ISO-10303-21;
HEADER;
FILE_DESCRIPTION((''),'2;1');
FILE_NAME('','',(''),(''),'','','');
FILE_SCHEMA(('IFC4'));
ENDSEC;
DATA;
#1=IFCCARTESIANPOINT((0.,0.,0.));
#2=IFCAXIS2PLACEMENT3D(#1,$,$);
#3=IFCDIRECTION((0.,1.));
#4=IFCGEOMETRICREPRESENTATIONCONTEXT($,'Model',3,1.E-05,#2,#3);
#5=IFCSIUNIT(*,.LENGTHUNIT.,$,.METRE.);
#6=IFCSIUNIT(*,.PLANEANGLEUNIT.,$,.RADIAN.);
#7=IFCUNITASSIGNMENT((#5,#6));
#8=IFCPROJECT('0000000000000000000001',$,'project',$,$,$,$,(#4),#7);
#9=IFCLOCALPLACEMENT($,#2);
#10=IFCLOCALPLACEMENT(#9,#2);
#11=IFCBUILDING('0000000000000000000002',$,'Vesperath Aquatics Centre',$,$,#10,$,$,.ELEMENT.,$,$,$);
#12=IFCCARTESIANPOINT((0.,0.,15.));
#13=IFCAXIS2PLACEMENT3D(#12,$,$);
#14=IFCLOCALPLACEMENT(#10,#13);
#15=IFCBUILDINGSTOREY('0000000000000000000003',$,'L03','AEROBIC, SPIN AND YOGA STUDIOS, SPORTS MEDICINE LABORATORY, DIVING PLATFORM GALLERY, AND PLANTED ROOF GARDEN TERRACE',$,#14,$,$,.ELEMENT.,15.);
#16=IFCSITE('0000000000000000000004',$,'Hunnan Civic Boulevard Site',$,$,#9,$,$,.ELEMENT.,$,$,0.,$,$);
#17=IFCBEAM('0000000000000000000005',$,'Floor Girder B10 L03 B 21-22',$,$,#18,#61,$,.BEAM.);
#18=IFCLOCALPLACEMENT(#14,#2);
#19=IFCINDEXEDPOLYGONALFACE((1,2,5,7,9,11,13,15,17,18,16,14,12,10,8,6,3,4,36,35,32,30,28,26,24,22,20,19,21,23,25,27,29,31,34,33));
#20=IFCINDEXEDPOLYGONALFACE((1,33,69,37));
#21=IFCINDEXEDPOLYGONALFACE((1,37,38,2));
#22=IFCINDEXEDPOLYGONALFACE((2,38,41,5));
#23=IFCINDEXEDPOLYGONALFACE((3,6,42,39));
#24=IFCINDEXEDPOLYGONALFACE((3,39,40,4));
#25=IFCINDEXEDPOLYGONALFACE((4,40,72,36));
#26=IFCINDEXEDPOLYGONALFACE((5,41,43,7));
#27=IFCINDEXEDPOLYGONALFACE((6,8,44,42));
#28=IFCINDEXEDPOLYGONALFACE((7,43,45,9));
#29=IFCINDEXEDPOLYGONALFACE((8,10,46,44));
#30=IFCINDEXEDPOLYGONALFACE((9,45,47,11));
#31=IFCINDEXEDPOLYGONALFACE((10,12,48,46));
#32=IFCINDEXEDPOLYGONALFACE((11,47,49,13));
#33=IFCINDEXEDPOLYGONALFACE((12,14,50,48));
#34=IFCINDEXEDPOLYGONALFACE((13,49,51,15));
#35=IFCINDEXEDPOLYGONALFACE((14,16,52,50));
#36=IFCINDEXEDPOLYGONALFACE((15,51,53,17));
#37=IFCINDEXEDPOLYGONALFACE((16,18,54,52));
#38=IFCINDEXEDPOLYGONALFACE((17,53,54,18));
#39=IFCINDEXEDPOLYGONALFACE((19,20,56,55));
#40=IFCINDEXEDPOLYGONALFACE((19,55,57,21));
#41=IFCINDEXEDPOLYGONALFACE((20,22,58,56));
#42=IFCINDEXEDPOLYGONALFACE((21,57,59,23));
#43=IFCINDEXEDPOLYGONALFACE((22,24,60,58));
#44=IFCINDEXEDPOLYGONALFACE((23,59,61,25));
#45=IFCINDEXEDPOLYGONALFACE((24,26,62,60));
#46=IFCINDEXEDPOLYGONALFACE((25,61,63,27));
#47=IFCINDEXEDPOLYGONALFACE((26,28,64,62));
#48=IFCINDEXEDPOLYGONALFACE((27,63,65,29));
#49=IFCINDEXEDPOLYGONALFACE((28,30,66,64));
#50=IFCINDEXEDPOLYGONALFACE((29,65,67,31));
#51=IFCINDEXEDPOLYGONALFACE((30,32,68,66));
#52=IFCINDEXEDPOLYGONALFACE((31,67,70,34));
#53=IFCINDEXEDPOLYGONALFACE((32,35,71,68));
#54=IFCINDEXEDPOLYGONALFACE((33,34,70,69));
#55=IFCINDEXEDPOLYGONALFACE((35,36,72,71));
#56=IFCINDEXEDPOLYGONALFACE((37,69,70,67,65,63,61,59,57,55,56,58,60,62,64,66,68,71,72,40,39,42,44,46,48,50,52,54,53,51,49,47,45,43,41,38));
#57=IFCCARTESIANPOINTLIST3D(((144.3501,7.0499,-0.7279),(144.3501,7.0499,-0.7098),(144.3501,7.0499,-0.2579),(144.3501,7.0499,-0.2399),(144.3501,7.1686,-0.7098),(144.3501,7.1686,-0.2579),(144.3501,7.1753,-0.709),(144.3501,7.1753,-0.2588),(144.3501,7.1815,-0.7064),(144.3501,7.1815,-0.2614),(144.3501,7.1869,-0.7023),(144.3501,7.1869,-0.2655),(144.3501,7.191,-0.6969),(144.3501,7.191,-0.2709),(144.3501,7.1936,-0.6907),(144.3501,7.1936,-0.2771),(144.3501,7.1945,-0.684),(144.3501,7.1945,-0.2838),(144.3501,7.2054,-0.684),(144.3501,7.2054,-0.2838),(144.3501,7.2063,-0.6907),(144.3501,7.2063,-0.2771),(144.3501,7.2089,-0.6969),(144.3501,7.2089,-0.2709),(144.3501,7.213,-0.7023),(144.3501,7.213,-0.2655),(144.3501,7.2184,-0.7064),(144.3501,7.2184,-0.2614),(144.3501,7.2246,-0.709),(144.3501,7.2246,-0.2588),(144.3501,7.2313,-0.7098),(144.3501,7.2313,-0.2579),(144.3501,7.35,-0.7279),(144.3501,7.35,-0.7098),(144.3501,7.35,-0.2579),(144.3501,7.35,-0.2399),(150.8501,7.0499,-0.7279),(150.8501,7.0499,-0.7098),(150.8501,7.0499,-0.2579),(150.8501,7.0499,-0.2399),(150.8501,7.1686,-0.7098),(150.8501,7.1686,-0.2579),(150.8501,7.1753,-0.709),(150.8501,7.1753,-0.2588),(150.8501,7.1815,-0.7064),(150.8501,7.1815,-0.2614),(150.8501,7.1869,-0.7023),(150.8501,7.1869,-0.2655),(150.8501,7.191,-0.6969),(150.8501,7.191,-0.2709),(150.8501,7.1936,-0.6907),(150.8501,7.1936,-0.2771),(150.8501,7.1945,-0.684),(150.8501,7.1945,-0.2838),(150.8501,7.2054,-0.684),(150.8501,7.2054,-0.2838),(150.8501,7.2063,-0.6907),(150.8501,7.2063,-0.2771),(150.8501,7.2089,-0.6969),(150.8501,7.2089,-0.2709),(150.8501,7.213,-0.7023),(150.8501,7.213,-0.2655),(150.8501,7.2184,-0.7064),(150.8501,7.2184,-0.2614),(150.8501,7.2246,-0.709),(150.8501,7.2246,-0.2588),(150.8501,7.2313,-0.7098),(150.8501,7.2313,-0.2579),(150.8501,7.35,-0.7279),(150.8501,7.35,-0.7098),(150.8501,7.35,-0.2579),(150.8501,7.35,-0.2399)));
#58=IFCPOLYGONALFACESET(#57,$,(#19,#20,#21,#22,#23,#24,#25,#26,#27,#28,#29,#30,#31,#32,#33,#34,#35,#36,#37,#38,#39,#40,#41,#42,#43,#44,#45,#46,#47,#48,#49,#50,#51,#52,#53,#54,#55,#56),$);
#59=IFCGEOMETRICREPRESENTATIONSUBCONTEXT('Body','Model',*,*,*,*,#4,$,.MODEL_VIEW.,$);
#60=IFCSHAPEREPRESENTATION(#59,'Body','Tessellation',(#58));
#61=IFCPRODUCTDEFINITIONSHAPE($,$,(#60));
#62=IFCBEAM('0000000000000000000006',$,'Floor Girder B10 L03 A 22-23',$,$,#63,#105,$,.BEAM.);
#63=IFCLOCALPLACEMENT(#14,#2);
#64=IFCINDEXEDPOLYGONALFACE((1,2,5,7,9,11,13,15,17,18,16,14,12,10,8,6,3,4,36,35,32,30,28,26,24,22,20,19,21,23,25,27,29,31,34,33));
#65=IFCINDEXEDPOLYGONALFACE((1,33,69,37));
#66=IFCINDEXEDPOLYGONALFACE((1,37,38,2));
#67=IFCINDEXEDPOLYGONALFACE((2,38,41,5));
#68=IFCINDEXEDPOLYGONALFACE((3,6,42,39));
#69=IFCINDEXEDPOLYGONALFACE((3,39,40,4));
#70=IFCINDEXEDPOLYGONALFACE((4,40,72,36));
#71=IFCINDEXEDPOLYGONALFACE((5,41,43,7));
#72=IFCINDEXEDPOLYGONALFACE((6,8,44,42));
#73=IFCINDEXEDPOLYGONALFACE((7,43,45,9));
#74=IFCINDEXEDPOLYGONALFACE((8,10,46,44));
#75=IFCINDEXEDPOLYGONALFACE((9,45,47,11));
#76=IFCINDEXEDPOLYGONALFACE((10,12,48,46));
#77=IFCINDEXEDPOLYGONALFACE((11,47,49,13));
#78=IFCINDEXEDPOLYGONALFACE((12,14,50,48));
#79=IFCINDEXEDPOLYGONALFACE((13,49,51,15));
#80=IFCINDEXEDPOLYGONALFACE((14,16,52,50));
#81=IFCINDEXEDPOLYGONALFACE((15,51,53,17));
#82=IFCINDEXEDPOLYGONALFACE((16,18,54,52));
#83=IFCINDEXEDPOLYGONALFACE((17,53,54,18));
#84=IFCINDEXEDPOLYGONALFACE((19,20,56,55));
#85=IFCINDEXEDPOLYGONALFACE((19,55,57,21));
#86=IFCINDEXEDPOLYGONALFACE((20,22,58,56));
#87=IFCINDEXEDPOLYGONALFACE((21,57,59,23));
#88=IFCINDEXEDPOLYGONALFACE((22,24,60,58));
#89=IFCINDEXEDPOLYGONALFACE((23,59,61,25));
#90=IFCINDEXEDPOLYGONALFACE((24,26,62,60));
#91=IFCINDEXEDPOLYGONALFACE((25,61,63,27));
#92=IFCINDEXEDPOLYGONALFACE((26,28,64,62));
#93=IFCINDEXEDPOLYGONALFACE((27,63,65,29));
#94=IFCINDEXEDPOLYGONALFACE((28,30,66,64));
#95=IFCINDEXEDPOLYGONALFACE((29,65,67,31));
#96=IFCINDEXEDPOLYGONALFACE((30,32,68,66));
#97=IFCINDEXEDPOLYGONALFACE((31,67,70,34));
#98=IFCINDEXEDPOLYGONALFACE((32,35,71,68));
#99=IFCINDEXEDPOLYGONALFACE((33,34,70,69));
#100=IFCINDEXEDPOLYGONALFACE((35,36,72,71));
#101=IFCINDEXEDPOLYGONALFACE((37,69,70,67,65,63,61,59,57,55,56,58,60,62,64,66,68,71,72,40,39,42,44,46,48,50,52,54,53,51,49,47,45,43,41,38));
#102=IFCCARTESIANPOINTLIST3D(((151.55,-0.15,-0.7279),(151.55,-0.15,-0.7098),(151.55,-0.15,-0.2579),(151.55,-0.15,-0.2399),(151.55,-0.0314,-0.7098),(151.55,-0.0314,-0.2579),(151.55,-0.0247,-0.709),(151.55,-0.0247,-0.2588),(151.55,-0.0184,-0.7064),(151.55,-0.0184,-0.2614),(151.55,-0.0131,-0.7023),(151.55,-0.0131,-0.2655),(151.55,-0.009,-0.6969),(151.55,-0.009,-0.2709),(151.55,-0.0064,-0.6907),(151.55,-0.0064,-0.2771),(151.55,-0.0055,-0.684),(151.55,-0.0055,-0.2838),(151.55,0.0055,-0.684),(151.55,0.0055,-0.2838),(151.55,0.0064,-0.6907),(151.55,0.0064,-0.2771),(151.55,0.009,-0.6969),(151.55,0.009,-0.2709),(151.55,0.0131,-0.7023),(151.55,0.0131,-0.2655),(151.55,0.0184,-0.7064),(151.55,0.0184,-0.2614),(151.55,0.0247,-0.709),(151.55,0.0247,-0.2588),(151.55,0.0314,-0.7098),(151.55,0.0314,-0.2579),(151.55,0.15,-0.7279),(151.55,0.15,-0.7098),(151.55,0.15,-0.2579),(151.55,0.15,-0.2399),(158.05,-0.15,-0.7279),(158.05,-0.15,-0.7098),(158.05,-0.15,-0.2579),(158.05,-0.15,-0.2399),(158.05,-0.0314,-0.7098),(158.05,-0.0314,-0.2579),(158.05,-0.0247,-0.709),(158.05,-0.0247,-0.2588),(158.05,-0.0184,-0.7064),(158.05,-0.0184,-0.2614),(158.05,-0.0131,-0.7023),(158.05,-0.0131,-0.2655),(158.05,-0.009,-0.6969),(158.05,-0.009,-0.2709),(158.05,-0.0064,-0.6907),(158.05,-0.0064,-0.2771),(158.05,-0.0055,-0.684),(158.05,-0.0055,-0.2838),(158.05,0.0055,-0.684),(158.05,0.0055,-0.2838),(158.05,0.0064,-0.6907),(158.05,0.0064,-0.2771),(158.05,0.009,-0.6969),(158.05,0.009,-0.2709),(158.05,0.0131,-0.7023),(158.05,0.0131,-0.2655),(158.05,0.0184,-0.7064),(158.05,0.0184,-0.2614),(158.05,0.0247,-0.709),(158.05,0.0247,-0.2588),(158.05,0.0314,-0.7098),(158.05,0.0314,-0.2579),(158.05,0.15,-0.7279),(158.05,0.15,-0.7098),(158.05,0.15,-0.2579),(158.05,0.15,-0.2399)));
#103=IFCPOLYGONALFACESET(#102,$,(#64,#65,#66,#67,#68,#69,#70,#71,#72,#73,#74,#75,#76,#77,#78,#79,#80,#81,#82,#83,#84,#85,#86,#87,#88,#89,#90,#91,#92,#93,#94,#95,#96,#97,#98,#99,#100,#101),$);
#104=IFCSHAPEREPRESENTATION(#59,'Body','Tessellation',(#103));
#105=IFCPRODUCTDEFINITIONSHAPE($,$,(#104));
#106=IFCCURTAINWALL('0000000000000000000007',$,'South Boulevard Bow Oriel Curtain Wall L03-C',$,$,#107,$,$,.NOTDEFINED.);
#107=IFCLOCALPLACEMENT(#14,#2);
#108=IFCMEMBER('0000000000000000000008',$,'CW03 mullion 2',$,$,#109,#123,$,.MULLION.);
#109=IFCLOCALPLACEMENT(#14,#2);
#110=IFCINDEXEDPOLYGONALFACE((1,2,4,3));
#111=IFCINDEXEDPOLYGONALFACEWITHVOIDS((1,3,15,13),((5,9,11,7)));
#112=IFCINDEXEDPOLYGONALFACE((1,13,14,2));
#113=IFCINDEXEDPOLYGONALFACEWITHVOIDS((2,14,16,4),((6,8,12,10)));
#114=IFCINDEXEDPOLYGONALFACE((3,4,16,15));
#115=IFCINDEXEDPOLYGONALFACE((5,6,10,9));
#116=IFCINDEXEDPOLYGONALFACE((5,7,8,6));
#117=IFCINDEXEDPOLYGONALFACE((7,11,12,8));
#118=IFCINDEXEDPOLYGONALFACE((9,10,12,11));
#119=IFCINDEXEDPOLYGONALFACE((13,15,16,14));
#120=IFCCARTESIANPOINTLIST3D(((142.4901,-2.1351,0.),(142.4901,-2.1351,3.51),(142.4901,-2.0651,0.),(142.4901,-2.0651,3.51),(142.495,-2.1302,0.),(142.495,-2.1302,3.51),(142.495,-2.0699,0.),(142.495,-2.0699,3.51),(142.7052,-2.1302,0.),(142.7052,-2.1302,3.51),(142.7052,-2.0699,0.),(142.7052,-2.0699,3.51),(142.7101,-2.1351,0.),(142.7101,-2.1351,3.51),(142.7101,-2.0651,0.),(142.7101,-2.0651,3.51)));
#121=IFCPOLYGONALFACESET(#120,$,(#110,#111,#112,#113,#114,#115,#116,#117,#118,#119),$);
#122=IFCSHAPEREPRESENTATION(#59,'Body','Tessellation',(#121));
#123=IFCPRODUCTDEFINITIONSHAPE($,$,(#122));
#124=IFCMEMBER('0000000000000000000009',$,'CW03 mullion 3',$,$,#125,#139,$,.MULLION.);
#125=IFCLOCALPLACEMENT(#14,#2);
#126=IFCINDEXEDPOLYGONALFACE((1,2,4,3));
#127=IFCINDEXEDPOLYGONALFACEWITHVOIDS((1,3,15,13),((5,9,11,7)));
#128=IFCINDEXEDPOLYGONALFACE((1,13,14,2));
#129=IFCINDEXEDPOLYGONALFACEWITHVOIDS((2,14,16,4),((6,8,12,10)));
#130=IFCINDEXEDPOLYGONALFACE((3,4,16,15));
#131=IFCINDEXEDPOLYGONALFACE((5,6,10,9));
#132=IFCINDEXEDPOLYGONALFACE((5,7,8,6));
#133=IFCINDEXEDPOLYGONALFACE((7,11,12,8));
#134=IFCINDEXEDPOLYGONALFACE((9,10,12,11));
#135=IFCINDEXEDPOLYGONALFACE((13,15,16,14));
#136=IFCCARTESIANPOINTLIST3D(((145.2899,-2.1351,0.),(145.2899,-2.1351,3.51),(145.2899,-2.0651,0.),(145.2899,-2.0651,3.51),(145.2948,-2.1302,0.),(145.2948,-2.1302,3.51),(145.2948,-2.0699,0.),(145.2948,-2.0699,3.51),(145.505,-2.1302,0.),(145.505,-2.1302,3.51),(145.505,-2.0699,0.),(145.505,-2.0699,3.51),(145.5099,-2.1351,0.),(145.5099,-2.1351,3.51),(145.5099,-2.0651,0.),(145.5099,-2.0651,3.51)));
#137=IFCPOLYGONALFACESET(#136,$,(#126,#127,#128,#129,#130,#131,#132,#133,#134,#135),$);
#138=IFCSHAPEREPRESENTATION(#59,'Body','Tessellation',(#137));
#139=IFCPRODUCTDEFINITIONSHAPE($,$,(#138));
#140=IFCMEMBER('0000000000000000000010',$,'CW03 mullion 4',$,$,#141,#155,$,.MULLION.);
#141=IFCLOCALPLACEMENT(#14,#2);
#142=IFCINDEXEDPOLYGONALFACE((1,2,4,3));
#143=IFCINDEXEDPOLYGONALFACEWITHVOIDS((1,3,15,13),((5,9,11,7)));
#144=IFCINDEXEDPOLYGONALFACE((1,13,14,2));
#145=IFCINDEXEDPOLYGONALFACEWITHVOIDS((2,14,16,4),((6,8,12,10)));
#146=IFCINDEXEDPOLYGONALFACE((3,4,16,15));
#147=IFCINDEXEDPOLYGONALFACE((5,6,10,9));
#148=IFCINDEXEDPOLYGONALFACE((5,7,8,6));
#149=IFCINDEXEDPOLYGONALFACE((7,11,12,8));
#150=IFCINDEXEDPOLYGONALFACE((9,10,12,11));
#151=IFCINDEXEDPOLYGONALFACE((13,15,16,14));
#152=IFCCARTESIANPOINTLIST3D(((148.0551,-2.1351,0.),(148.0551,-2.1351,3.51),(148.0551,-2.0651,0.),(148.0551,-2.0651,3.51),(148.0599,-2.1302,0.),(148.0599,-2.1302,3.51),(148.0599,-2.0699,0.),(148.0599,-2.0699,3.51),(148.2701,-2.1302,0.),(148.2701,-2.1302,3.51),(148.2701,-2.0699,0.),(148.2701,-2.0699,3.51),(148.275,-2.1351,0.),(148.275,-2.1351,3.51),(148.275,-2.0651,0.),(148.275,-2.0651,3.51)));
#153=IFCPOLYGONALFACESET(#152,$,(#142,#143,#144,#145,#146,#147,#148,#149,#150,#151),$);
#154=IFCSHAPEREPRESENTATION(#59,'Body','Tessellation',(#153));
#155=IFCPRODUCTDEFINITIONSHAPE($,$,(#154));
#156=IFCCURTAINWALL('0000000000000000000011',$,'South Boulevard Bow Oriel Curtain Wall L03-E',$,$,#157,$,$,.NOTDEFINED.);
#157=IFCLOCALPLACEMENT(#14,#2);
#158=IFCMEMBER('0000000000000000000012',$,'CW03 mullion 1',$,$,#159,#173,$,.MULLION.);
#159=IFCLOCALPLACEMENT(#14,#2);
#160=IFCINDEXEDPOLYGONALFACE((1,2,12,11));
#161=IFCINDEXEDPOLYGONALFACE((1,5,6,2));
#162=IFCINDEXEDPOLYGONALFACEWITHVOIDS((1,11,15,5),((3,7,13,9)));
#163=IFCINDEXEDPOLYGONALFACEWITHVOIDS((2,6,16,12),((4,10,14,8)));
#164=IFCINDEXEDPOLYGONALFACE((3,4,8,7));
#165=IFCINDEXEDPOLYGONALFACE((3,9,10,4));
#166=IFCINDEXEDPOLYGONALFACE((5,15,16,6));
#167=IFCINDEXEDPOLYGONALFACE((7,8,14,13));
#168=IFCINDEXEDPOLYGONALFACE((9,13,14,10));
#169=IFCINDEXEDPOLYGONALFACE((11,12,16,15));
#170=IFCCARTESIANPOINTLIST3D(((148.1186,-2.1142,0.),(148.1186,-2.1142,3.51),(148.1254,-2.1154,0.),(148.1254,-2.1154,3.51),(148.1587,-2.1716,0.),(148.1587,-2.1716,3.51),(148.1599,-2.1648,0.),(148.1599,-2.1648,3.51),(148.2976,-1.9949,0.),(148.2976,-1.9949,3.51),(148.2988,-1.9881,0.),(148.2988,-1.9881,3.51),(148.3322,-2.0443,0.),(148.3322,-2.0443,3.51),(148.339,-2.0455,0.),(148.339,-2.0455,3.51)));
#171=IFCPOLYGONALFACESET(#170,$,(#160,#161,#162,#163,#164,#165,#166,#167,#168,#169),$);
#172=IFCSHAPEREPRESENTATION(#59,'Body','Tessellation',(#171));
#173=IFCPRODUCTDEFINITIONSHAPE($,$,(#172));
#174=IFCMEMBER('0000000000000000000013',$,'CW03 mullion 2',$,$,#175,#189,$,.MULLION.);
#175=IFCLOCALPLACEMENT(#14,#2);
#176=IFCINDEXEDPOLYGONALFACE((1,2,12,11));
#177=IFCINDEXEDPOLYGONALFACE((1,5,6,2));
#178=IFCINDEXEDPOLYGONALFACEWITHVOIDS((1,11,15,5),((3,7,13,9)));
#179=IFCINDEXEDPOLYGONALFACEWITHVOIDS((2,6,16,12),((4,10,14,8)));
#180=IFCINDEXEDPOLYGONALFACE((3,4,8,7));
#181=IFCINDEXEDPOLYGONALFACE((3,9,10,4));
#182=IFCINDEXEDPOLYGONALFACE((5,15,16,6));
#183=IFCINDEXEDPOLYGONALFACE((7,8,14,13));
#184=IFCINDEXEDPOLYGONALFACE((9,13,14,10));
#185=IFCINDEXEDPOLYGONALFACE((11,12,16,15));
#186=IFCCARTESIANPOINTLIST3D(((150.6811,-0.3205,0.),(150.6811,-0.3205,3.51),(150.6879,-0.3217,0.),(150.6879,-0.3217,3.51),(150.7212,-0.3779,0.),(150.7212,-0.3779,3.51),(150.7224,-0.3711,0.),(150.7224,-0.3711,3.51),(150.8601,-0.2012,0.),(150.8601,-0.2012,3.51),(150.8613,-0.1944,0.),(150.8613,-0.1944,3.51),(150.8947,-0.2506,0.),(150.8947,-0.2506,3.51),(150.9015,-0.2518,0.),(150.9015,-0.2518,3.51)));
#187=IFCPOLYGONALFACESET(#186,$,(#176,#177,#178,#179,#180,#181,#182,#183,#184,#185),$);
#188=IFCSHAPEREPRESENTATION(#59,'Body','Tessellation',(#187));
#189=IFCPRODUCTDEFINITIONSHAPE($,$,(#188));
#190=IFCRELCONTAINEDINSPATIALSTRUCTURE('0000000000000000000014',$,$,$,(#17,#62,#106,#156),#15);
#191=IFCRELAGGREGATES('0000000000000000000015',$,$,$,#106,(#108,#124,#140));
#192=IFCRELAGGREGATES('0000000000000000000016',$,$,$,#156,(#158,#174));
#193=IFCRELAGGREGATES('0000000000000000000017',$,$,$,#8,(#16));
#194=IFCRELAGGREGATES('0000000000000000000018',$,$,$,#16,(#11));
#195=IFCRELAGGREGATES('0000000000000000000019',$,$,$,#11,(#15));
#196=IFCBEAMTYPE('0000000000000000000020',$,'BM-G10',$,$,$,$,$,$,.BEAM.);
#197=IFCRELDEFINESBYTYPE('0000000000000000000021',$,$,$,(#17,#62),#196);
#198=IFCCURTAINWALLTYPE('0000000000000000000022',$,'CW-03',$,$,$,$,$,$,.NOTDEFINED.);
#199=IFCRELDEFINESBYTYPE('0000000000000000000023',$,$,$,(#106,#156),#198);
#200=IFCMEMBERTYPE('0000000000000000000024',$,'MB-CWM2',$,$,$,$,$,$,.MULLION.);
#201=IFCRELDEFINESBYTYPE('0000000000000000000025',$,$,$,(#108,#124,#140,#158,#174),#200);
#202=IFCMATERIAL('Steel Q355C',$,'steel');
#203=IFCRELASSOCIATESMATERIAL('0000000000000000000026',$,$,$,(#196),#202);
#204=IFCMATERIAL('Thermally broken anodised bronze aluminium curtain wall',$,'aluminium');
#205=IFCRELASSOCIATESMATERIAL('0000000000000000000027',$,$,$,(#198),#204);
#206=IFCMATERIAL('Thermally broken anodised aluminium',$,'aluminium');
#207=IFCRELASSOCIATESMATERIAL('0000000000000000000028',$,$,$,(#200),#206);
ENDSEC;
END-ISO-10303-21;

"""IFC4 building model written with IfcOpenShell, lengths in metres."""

from ifc_helpers import new_model, si_unit, direction, frame, origin, origin_2d, place, context, subcontext, project, spatial, hollow_rectangle, i_section, extrude, material, material_profile, profile_set, type_object, element, aggregate, save


model = new_model("IFC4")

# Units and contexts
model_context = context("Model", 3, precision=1e-05, world=origin(), true_north=direction((0.0, 1.0)))
body_context = subcontext(model_context, "Body", "Model", "MODEL_VIEW")
ifc_project = project(units=[si_unit("LENGTHUNIT", "METRE"), si_unit("PLANEANGLEUNIT", "RADIAN")], contexts=[model_context])

# Site, building, storey
site_placement = place(None, origin())
site = spatial("IfcSite", under=ifc_project, at=site_placement, Name="Hunnan Civic Boulevard Site", CompositionType="ELEMENT", RefElevation=0.0)
building_placement = place(site_placement, origin())
building = spatial("IfcBuilding", under=site, at=building_placement, Name="Vesperath Aquatics Centre", CompositionType="ELEMENT")
storey_placement = place(building_placement, frame((0.0, 0.0, 15.0)))
storey = spatial("IfcBuildingStorey", under=building, at=storey_placement, Name="L03", Description="AEROBIC, SPIN AND YOGA STUDIOS, SPORTS MEDICINE LABORATORY, DIVING PLATFORM GALLERY, AND PLANTED ROOF GARDEN TERRACE", CompositionType="ELEMENT", Elevation=15.0)

# Shared definitions
ifc_material_1 = material(Name="Steel Q355C", Category="steel")

# Beams
ifc_material_profile_1 = material_profile(ifc_material_1, i_section(OverallWidth=0.3, OverallDepth=0.488, WebThickness=0.011, FlangeThickness=0.0181, FilletRadius=0.0259, at=origin_2d()), Name="HM 488x300x11x18")
ifc_profile_set_1 = profile_set([ifc_material_profile_1], Name="Steel Q355C")
beam_type_1 = type_object("IfcBeamType", Name="BM-G10", PredefinedType="BEAM", material=ifc_profile_set_1)
for number, where, z_axis, x_axis, name in (
    (1, (144.3501, 7.2, -0.4839), (1.0, 0.0, 0.0), (0.0, 1.0, 0.0), "Floor Girder B10 L03 B 21-22"),
    (2, (151.55, 0.0, -0.4839), (1.0, 0.0, 0.0), (0.0, 1.0, 0.0), "Floor Girder B10 L03 A 22-23"),
):
    element("IfcBeam", number, at=place(storey_placement, frame(where, z_axis=z_axis, x_axis=x_axis)), inside=storey, type_object=beam_type_1, Name=name, PredefinedType="BEAM", context=body_context, shape_type="SweptSolid", body=[
        extrude(i_section(OverallWidth=0.3, OverallDepth=0.488, WebThickness=0.011, FlangeThickness=0.0181, FilletRadius=0.0259, at=origin_2d()), origin(), (0.0, 0.0, 1.0), 6.5),
    ])

# Curtain walls, members
ifc_material_2 = material(Name="Thermally broken anodised bronze aluminium curtain wall", Category="aluminium")
curtain_wall_type = type_object("IfcCurtainWallType", Name="CW-03", PredefinedType="NOTDEFINED", material=ifc_material_2)
curtain_wall_1_placement = place(storey_placement, origin())
curtain_wall_1 = element("IfcCurtainWall", 3, at=curtain_wall_1_placement, inside=storey, type_object=curtain_wall_type, Name="South Boulevard Bow Oriel Curtain Wall L03-C", PredefinedType="NOTDEFINED")
ifc_material_3 = material(Name="Thermally broken anodised aluminium", Category="aluminium")
ifc_material_profile_2 = material_profile(ifc_material_3, hollow_rectangle(XDim=0.0701, YDim=0.22, WallThickness=0.0049, at=origin_2d()), Name="CWM 70x220x5")
ifc_profile_set_2 = profile_set([ifc_material_profile_2], Name="Thermally broken anodised aluminium")
member_type_1 = type_object("IfcMemberType", Name="MB-CWM2", PredefinedType="MULLION", material=ifc_profile_set_2)
member_1_placement = place(storey_placement, frame((142.6001, -2.1001, 0.0), z_axis=(0.0, 0.0, 1.0), x_axis=(0.0, 1.0, 0.0)))
member_1 = element("IfcMember", 4, at=member_1_placement, type_object=member_type_1, Name="CW03 mullion 2", PredefinedType="MULLION", context=body_context, shape_type="SweptSolid", body=[
    extrude(hollow_rectangle(XDim=0.0701, YDim=0.22, WallThickness=0.0049, at=origin_2d()), origin(), (0.0, 0.0, 1.0), 3.51),
])
member_2_placement = place(storey_placement, frame((145.3999, -2.1001, 0.0), z_axis=(0.0, 0.0, 1.0), x_axis=(0.0, 1.0, 0.0)))
member_2 = element("IfcMember", 5, at=member_2_placement, type_object=member_type_1, Name="CW03 mullion 3", PredefinedType="MULLION", context=body_context, shape_type="SweptSolid", body=[
    extrude(hollow_rectangle(XDim=0.0701, YDim=0.22, WallThickness=0.0049, at=origin_2d()), origin(), (0.0, 0.0, 1.0), 3.51),
])
member_3_placement = place(storey_placement, frame((148.165, -2.1001, 0.0), z_axis=(0.0, 0.0, 1.0), x_axis=(0.0, 1.0, 0.0)))
member_3 = element("IfcMember", 6, at=member_3_placement, type_object=member_type_1, Name="CW03 mullion 4", PredefinedType="MULLION", context=body_context, shape_type="SweptSolid", body=[
    extrude(hollow_rectangle(XDim=0.0701, YDim=0.22, WallThickness=0.0049, at=origin_2d()), origin(), (0.0, 0.0, 1.0), 3.51),
])
curtain_wall_2_placement = place(storey_placement, origin())
curtain_wall_2 = element("IfcCurtainWall", 7, at=curtain_wall_2_placement, inside=storey, type_object=curtain_wall_type, Name="South Boulevard Bow Oriel Curtain Wall L03-E", PredefinedType="NOTDEFINED")
member_4_placement = place(storey_placement, frame((148.2288, -2.0798, 0.0), z_axis=(0.0, 0.0, 1.0), x_axis=(-0.573462, 0.819232, 0.0)))
member_4 = element("IfcMember", 8, at=member_4_placement, type_object=member_type_1, Name="CW03 mullion 1", PredefinedType="MULLION", context=body_context, shape_type="SweptSolid", body=[
    extrude(hollow_rectangle(XDim=0.0701, YDim=0.22, WallThickness=0.0049, at=origin_2d()), origin(), (0.0, 0.0, 1.0), 3.51),
])
member_5_placement = place(storey_placement, frame((150.7913, -0.2861, 0.0), z_axis=(0.0, 0.0, 1.0), x_axis=(-0.573462, 0.819232, 0.0)))
member_5 = element("IfcMember", 9, at=member_5_placement, type_object=member_type_1, Name="CW03 mullion 2", PredefinedType="MULLION", context=body_context, shape_type="SweptSolid", body=[
    extrude(hollow_rectangle(XDim=0.0701, YDim=0.22, WallThickness=0.0049, at=origin_2d()), origin(), (0.0, 0.0, 1.0), 3.51),
])

aggregate(curtain_wall_1, [member_1, member_2, member_3])
aggregate(curtain_wall_2, [member_4, member_5])

save(model, "model.ifc")
